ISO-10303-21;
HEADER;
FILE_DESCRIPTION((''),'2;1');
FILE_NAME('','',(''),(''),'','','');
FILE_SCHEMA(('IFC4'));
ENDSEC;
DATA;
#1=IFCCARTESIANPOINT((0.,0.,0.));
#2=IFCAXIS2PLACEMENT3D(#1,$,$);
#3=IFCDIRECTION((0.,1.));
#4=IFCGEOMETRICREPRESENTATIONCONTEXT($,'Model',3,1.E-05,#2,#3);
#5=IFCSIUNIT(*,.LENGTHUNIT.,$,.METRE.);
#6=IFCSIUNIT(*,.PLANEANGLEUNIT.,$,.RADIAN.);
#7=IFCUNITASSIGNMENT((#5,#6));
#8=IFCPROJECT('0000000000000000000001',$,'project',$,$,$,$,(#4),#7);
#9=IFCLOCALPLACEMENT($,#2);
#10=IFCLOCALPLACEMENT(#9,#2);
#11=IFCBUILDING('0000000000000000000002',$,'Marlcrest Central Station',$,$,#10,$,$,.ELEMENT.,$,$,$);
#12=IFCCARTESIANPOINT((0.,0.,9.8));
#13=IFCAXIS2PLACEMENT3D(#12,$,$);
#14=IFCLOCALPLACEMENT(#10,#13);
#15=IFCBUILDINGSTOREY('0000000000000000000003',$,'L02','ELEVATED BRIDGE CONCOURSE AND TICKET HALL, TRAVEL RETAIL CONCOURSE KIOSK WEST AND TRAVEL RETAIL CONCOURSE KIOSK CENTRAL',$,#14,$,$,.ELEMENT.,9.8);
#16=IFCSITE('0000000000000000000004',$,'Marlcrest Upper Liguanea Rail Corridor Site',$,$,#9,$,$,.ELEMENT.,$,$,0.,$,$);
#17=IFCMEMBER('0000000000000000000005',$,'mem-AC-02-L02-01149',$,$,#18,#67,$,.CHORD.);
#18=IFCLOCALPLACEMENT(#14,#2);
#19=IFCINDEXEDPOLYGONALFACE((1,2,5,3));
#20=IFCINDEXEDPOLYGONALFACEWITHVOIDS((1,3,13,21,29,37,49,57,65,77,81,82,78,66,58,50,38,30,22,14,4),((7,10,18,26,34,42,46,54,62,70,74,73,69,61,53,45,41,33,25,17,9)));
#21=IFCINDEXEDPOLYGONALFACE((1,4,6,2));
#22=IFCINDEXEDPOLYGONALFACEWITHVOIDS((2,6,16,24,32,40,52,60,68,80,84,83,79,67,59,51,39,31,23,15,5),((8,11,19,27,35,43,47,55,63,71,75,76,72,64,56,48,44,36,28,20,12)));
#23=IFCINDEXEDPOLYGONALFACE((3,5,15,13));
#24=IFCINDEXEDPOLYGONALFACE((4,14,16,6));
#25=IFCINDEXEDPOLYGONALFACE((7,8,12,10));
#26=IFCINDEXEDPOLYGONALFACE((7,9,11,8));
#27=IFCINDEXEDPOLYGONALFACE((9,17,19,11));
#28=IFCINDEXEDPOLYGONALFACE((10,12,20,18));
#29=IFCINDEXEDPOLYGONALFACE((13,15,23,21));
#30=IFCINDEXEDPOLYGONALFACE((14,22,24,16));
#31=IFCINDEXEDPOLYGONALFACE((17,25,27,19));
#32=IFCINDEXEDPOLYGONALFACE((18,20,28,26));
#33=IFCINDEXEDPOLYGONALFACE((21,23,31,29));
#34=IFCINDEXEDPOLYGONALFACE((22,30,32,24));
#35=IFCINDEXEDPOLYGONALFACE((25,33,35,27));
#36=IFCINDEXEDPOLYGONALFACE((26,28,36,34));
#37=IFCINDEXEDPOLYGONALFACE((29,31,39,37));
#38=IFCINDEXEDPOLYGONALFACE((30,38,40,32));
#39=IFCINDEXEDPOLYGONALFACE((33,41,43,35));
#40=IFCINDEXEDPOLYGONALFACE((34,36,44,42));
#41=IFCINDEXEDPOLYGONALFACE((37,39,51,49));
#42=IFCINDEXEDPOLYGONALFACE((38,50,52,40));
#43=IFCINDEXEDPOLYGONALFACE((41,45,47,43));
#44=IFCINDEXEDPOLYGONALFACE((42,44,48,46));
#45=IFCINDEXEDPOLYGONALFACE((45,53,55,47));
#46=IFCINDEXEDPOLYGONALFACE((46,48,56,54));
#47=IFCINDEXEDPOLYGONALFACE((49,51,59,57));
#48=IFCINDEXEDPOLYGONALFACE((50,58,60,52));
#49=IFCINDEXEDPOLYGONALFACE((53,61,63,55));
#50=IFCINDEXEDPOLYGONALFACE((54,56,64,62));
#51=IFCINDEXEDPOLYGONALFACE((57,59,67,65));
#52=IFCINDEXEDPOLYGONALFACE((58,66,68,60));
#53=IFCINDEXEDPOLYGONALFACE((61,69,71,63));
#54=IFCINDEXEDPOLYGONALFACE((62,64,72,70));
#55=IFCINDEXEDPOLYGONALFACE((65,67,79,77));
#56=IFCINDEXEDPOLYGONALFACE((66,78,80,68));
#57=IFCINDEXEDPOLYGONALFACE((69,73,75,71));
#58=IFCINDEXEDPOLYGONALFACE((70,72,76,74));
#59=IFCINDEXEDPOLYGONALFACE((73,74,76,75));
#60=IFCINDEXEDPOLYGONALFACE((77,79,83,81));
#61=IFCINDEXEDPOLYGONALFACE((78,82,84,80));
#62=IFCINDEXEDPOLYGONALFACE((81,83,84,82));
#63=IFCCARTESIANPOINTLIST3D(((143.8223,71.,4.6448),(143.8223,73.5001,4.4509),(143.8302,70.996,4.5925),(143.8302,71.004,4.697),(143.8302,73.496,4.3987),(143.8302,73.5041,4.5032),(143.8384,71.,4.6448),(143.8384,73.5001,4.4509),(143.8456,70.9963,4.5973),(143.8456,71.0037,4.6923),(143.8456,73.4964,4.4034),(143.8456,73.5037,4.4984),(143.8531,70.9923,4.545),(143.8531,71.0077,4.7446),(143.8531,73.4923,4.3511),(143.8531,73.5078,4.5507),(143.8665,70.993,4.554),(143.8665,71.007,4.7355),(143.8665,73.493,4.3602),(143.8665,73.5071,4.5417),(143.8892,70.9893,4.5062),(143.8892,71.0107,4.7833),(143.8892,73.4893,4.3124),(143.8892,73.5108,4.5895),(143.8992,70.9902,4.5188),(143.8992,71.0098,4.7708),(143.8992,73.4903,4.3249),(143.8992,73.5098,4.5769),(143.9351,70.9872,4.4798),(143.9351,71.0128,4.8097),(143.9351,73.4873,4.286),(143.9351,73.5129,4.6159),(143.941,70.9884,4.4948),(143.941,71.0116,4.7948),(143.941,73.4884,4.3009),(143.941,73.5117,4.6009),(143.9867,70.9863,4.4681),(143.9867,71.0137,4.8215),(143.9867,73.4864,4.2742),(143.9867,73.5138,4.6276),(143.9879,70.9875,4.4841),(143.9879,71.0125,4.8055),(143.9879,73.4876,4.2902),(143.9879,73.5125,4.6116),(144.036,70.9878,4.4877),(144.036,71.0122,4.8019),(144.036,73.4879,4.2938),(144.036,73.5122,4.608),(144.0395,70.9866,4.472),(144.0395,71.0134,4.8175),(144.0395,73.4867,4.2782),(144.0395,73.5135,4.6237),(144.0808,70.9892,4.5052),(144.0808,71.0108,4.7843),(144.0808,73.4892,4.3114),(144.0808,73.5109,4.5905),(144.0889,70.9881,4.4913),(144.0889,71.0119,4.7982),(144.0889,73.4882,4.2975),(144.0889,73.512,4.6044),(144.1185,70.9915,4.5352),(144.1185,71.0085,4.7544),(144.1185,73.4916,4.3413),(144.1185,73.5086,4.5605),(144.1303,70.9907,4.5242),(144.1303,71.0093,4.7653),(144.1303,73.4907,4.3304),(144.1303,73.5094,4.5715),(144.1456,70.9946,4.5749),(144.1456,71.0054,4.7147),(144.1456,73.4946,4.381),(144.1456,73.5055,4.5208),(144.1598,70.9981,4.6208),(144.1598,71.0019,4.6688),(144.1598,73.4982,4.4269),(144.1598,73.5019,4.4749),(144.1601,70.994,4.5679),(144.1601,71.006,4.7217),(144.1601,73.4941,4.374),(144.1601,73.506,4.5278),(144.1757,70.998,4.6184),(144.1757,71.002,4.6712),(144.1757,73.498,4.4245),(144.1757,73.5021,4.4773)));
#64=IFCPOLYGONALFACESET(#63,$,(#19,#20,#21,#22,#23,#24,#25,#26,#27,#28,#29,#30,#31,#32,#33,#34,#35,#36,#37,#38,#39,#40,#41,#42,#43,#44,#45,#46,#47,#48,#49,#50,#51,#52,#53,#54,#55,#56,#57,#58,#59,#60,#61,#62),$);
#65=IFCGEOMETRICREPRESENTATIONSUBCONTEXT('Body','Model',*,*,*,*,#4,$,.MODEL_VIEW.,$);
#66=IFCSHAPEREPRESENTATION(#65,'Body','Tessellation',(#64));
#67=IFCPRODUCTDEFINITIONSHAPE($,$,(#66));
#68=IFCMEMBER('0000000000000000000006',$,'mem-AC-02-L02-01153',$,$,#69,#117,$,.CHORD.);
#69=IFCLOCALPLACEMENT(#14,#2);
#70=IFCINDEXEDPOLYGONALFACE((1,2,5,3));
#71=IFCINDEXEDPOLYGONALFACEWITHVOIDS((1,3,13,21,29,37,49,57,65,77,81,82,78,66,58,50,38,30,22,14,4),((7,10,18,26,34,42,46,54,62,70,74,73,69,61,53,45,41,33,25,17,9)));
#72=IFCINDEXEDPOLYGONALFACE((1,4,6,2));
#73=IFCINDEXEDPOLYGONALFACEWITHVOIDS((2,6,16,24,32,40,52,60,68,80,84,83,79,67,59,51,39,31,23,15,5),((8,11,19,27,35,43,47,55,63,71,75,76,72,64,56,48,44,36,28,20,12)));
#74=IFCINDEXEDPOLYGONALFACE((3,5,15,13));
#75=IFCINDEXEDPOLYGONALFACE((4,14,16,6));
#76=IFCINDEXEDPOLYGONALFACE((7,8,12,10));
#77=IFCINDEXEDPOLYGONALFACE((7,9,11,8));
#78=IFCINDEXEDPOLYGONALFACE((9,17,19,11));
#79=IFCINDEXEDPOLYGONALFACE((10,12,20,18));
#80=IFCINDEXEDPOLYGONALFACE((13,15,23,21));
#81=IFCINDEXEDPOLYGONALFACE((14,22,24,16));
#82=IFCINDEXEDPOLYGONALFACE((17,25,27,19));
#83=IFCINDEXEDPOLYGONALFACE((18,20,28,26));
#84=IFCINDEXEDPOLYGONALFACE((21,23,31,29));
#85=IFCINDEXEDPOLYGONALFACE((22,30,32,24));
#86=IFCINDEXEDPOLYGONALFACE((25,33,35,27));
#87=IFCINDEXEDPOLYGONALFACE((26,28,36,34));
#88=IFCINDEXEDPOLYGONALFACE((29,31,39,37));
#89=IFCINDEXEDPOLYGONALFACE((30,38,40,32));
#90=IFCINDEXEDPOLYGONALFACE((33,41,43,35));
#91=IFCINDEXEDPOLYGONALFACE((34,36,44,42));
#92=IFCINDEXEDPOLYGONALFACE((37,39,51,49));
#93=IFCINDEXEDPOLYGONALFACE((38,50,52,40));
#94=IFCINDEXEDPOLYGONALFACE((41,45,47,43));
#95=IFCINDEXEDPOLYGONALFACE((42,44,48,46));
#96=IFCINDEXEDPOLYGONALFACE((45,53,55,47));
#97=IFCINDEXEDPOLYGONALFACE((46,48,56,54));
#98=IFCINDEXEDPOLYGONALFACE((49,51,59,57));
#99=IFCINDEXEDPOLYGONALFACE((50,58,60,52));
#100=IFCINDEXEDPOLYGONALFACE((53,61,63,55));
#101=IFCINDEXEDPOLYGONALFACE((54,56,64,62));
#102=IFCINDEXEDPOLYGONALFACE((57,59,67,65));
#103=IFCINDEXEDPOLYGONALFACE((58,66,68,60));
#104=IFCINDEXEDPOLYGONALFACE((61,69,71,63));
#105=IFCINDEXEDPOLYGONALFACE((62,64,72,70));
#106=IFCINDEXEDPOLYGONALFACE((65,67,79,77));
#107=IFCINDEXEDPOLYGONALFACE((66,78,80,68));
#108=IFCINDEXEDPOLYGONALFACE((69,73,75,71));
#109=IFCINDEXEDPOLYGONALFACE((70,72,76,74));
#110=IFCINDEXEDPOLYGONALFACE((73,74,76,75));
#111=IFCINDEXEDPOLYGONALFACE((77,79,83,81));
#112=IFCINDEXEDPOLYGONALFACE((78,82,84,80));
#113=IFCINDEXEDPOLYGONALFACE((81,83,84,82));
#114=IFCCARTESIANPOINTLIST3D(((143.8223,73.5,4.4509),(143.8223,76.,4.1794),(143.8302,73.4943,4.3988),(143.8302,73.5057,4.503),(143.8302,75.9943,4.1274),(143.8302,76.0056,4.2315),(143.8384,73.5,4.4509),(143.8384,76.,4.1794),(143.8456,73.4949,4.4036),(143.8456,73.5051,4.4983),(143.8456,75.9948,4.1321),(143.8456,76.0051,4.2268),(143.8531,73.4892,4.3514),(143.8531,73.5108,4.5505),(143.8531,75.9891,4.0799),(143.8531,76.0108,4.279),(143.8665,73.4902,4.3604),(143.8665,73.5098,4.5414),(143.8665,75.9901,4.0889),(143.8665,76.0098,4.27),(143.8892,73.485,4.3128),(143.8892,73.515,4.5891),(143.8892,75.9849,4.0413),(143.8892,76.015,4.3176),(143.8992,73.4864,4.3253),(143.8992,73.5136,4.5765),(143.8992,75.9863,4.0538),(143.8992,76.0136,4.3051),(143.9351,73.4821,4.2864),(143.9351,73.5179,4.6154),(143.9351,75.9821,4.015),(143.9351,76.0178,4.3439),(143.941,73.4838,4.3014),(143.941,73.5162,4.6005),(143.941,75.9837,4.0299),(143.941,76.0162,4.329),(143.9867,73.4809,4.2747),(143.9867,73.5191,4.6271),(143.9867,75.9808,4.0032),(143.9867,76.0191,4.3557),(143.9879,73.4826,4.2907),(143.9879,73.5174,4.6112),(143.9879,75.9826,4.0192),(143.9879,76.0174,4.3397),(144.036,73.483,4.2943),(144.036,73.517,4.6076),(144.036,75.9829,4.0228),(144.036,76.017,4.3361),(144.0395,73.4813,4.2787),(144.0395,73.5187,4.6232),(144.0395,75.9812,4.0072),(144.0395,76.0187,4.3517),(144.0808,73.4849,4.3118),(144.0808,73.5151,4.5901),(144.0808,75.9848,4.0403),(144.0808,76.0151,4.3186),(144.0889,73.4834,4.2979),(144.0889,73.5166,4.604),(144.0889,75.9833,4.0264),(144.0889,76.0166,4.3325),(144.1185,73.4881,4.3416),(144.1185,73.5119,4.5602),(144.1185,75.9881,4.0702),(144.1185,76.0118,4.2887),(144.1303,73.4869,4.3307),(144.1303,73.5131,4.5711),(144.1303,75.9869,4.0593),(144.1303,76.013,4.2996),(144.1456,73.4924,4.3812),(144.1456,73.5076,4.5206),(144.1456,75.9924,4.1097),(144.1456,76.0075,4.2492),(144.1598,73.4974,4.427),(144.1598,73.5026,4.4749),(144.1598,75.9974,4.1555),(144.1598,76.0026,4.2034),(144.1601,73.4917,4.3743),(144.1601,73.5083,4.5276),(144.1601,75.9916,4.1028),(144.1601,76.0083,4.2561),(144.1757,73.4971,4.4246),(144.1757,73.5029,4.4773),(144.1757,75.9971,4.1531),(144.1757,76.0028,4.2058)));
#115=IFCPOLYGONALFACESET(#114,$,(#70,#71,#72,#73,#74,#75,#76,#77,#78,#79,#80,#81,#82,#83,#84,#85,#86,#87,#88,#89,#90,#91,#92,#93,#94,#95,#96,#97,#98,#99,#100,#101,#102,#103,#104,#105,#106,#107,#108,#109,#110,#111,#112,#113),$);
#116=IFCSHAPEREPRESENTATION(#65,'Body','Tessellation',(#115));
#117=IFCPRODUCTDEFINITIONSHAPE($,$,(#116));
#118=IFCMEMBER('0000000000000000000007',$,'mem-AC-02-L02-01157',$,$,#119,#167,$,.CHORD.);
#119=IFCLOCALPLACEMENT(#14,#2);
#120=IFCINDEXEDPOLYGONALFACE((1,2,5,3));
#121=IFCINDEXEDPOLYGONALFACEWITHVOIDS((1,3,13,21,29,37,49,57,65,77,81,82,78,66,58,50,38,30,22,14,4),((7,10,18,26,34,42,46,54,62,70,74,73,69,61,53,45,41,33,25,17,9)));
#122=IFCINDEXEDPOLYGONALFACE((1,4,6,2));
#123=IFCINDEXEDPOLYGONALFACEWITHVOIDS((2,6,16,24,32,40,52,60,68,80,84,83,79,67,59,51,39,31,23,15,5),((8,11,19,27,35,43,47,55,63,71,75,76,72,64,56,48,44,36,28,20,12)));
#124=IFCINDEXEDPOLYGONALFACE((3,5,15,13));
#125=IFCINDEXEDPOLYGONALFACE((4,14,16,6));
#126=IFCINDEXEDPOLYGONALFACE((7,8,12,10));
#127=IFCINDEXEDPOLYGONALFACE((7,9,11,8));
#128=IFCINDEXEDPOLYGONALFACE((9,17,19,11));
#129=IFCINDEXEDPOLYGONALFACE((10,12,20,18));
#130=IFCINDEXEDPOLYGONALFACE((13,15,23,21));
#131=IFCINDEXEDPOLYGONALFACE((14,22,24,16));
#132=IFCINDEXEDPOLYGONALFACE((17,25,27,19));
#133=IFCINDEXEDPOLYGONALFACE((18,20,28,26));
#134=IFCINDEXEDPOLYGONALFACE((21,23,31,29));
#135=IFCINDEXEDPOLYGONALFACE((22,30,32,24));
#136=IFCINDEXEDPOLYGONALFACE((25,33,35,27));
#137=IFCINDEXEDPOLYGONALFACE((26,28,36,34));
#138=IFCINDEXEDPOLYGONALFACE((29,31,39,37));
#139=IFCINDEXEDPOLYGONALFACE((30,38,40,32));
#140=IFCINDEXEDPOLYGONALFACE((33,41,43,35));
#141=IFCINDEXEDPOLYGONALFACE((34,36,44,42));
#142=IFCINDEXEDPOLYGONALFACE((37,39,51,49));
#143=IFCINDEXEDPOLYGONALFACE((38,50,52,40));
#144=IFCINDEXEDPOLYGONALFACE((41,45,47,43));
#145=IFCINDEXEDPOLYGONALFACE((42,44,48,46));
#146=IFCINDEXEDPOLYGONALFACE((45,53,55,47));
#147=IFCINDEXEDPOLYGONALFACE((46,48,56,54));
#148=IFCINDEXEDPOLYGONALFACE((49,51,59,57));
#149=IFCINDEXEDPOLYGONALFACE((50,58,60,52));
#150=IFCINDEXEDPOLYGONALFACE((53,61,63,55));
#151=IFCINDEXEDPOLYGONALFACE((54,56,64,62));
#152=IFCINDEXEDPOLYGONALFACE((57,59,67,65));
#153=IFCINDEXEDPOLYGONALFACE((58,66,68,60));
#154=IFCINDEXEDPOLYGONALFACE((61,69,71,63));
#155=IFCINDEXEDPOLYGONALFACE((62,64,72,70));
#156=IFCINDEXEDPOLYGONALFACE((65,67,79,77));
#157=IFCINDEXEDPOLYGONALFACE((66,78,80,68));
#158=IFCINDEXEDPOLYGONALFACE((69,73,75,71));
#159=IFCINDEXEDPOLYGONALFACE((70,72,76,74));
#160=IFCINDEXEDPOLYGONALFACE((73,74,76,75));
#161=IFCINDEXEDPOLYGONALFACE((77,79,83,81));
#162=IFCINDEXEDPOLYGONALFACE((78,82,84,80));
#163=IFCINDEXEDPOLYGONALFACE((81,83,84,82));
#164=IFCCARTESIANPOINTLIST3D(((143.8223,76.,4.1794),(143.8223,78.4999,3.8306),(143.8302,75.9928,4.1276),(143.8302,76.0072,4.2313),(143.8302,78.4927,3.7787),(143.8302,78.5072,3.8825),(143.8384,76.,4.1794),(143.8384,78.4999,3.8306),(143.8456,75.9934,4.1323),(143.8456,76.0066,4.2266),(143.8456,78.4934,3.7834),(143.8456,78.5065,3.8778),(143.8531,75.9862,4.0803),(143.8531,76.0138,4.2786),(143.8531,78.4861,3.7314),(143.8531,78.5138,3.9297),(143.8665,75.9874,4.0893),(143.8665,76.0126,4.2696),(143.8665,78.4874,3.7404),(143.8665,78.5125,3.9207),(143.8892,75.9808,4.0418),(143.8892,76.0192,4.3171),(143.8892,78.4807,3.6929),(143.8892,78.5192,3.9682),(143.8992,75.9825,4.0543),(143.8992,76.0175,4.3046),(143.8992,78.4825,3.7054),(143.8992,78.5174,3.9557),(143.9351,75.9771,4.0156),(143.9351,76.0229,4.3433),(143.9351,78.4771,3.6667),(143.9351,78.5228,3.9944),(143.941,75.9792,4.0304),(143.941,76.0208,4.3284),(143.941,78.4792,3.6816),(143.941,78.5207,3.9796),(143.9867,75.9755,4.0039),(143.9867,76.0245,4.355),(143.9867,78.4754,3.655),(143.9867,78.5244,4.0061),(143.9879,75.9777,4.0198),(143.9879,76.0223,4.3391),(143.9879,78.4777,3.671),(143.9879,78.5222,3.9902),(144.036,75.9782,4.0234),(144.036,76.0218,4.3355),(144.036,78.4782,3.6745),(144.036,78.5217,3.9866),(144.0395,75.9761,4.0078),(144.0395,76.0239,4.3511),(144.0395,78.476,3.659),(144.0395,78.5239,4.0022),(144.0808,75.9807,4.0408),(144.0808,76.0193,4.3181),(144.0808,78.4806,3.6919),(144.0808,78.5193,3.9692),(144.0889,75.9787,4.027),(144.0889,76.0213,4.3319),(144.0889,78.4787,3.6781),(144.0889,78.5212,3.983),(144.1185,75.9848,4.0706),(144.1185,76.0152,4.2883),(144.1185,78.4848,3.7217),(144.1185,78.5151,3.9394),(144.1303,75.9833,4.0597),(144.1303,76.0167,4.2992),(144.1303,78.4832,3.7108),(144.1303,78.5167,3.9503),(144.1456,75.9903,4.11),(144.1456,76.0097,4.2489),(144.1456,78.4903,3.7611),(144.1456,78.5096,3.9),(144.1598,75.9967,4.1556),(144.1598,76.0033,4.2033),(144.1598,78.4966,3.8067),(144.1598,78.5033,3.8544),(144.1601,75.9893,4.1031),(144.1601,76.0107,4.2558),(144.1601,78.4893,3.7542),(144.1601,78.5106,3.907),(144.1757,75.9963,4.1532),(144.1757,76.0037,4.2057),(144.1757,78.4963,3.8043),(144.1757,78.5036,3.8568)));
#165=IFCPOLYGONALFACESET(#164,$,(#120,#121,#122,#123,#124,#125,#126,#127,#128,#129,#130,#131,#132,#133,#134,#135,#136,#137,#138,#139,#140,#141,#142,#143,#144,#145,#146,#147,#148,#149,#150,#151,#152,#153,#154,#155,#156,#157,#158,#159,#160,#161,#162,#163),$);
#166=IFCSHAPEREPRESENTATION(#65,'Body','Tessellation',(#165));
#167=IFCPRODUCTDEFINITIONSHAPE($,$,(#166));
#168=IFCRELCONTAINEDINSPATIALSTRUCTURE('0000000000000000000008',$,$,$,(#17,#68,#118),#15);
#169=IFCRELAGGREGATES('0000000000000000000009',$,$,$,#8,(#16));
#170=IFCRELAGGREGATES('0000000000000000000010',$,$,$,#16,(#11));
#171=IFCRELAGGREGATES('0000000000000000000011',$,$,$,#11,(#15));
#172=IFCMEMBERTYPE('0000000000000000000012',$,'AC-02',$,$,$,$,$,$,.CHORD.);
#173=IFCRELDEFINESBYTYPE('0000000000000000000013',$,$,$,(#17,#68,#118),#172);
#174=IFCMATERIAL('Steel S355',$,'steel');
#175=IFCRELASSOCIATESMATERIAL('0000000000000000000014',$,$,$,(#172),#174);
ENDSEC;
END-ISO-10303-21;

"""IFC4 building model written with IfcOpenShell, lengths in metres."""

from ifc_helpers import new_model, si_unit, direction, frame, origin, origin_2d, place, context, subcontext, project, spatial, hollow_circle, extrude, material, material_profile, profile_set, type_object, element, save


model = new_model("IFC4")

# Units and contexts
model_context = context("Model", 3, precision=1e-05, world=origin(), true_north=direction((0.0, 1.0)))
body_context = subcontext(model_context, "Body", "Model", "MODEL_VIEW")
ifc_project = project(units=[si_unit("LENGTHUNIT", "METRE"), si_unit("PLANEANGLEUNIT", "RADIAN")], contexts=[model_context])

# Site, building, storey
site_placement = place(None, origin())
site = spatial("IfcSite", under=ifc_project, at=site_placement, Name="Marlcrest Upper Liguanea Rail Corridor Site", CompositionType="ELEMENT", RefElevation=0.0)
building_placement = place(site_placement, origin())
building = spatial("IfcBuilding", under=site, at=building_placement, Name="Marlcrest Central Station", CompositionType="ELEMENT")
storey_placement = place(building_placement, frame((0.0, 0.0, 9.8)))
storey = spatial("IfcBuildingStorey", under=building, at=storey_placement, Name="L02", Description="ELEVATED BRIDGE CONCOURSE AND TICKET HALL, TRAVEL RETAIL CONCOURSE KIOSK WEST AND TRAVEL RETAIL CONCOURSE KIOSK CENTRAL", CompositionType="ELEMENT", Elevation=9.8)

# Members
ifc_material = material(Name="Steel S355", Category="steel")
ifc_material_profile_1 = material_profile(ifc_material, hollow_circle(Radius=0.1777, WallThickness=0.0161, at=origin_2d()), Name="CHS 355.6x16")
ifc_profile_set_1 = profile_set([ifc_material_profile_1], Name="Steel S355")
member_type_1 = type_object("IfcMemberType", Name="AC-02", PredefinedType="CHORD", material=ifc_profile_set_1)
member_1_placement = place(storey_placement, frame((144.0, 71.0, 4.6448), z_axis=(0.0, 0.997007, -0.077307), x_axis=(-1.0, 0.0, 0.0)))
element("IfcMember", 1, at=member_1_placement, inside=storey, type_object=member_type_1, Name="mem-AC-02-L02-01149", PredefinedType="CHORD", context=body_context, shape_type="SweptSolid", body=[
    extrude(hollow_circle(Radius=0.1777, WallThickness=0.0161, at=origin_2d()), origin(), (0.0, 0.0, 1.0), 2.5076),
])
member_2_placement = place(storey_placement, frame((144.0, 73.5, 4.4509), z_axis=(0.0, 0.994155, -0.107959), x_axis=(-1.0, 0.0, 0.0)))
element("IfcMember", 2, at=member_2_placement, inside=storey, type_object=member_type_1, Name="mem-AC-02-L02-01153", PredefinedType="CHORD", context=body_context, shape_type="SweptSolid", body=[
    extrude(hollow_circle(Radius=0.1777, WallThickness=0.0161, at=origin_2d()), origin(), (0.0, 0.0, 1.0), 2.5146),
])
member_3_placement = place(storey_placement, frame((144.0, 76.0, 4.1794), z_axis=(0.0, 0.990403, -0.138211), x_axis=(-1.0, 0.0, 0.0)))
element("IfcMember", 3, at=member_3_placement, inside=storey, type_object=member_type_1, Name="mem-AC-02-L02-01157", PredefinedType="CHORD", context=body_context, shape_type="SweptSolid", body=[
    extrude(hollow_circle(Radius=0.1777, WallThickness=0.0161, at=origin_2d()), origin(), (0.0, 0.0, 1.0), 2.5242),
])

save(model, "model.ifc")
